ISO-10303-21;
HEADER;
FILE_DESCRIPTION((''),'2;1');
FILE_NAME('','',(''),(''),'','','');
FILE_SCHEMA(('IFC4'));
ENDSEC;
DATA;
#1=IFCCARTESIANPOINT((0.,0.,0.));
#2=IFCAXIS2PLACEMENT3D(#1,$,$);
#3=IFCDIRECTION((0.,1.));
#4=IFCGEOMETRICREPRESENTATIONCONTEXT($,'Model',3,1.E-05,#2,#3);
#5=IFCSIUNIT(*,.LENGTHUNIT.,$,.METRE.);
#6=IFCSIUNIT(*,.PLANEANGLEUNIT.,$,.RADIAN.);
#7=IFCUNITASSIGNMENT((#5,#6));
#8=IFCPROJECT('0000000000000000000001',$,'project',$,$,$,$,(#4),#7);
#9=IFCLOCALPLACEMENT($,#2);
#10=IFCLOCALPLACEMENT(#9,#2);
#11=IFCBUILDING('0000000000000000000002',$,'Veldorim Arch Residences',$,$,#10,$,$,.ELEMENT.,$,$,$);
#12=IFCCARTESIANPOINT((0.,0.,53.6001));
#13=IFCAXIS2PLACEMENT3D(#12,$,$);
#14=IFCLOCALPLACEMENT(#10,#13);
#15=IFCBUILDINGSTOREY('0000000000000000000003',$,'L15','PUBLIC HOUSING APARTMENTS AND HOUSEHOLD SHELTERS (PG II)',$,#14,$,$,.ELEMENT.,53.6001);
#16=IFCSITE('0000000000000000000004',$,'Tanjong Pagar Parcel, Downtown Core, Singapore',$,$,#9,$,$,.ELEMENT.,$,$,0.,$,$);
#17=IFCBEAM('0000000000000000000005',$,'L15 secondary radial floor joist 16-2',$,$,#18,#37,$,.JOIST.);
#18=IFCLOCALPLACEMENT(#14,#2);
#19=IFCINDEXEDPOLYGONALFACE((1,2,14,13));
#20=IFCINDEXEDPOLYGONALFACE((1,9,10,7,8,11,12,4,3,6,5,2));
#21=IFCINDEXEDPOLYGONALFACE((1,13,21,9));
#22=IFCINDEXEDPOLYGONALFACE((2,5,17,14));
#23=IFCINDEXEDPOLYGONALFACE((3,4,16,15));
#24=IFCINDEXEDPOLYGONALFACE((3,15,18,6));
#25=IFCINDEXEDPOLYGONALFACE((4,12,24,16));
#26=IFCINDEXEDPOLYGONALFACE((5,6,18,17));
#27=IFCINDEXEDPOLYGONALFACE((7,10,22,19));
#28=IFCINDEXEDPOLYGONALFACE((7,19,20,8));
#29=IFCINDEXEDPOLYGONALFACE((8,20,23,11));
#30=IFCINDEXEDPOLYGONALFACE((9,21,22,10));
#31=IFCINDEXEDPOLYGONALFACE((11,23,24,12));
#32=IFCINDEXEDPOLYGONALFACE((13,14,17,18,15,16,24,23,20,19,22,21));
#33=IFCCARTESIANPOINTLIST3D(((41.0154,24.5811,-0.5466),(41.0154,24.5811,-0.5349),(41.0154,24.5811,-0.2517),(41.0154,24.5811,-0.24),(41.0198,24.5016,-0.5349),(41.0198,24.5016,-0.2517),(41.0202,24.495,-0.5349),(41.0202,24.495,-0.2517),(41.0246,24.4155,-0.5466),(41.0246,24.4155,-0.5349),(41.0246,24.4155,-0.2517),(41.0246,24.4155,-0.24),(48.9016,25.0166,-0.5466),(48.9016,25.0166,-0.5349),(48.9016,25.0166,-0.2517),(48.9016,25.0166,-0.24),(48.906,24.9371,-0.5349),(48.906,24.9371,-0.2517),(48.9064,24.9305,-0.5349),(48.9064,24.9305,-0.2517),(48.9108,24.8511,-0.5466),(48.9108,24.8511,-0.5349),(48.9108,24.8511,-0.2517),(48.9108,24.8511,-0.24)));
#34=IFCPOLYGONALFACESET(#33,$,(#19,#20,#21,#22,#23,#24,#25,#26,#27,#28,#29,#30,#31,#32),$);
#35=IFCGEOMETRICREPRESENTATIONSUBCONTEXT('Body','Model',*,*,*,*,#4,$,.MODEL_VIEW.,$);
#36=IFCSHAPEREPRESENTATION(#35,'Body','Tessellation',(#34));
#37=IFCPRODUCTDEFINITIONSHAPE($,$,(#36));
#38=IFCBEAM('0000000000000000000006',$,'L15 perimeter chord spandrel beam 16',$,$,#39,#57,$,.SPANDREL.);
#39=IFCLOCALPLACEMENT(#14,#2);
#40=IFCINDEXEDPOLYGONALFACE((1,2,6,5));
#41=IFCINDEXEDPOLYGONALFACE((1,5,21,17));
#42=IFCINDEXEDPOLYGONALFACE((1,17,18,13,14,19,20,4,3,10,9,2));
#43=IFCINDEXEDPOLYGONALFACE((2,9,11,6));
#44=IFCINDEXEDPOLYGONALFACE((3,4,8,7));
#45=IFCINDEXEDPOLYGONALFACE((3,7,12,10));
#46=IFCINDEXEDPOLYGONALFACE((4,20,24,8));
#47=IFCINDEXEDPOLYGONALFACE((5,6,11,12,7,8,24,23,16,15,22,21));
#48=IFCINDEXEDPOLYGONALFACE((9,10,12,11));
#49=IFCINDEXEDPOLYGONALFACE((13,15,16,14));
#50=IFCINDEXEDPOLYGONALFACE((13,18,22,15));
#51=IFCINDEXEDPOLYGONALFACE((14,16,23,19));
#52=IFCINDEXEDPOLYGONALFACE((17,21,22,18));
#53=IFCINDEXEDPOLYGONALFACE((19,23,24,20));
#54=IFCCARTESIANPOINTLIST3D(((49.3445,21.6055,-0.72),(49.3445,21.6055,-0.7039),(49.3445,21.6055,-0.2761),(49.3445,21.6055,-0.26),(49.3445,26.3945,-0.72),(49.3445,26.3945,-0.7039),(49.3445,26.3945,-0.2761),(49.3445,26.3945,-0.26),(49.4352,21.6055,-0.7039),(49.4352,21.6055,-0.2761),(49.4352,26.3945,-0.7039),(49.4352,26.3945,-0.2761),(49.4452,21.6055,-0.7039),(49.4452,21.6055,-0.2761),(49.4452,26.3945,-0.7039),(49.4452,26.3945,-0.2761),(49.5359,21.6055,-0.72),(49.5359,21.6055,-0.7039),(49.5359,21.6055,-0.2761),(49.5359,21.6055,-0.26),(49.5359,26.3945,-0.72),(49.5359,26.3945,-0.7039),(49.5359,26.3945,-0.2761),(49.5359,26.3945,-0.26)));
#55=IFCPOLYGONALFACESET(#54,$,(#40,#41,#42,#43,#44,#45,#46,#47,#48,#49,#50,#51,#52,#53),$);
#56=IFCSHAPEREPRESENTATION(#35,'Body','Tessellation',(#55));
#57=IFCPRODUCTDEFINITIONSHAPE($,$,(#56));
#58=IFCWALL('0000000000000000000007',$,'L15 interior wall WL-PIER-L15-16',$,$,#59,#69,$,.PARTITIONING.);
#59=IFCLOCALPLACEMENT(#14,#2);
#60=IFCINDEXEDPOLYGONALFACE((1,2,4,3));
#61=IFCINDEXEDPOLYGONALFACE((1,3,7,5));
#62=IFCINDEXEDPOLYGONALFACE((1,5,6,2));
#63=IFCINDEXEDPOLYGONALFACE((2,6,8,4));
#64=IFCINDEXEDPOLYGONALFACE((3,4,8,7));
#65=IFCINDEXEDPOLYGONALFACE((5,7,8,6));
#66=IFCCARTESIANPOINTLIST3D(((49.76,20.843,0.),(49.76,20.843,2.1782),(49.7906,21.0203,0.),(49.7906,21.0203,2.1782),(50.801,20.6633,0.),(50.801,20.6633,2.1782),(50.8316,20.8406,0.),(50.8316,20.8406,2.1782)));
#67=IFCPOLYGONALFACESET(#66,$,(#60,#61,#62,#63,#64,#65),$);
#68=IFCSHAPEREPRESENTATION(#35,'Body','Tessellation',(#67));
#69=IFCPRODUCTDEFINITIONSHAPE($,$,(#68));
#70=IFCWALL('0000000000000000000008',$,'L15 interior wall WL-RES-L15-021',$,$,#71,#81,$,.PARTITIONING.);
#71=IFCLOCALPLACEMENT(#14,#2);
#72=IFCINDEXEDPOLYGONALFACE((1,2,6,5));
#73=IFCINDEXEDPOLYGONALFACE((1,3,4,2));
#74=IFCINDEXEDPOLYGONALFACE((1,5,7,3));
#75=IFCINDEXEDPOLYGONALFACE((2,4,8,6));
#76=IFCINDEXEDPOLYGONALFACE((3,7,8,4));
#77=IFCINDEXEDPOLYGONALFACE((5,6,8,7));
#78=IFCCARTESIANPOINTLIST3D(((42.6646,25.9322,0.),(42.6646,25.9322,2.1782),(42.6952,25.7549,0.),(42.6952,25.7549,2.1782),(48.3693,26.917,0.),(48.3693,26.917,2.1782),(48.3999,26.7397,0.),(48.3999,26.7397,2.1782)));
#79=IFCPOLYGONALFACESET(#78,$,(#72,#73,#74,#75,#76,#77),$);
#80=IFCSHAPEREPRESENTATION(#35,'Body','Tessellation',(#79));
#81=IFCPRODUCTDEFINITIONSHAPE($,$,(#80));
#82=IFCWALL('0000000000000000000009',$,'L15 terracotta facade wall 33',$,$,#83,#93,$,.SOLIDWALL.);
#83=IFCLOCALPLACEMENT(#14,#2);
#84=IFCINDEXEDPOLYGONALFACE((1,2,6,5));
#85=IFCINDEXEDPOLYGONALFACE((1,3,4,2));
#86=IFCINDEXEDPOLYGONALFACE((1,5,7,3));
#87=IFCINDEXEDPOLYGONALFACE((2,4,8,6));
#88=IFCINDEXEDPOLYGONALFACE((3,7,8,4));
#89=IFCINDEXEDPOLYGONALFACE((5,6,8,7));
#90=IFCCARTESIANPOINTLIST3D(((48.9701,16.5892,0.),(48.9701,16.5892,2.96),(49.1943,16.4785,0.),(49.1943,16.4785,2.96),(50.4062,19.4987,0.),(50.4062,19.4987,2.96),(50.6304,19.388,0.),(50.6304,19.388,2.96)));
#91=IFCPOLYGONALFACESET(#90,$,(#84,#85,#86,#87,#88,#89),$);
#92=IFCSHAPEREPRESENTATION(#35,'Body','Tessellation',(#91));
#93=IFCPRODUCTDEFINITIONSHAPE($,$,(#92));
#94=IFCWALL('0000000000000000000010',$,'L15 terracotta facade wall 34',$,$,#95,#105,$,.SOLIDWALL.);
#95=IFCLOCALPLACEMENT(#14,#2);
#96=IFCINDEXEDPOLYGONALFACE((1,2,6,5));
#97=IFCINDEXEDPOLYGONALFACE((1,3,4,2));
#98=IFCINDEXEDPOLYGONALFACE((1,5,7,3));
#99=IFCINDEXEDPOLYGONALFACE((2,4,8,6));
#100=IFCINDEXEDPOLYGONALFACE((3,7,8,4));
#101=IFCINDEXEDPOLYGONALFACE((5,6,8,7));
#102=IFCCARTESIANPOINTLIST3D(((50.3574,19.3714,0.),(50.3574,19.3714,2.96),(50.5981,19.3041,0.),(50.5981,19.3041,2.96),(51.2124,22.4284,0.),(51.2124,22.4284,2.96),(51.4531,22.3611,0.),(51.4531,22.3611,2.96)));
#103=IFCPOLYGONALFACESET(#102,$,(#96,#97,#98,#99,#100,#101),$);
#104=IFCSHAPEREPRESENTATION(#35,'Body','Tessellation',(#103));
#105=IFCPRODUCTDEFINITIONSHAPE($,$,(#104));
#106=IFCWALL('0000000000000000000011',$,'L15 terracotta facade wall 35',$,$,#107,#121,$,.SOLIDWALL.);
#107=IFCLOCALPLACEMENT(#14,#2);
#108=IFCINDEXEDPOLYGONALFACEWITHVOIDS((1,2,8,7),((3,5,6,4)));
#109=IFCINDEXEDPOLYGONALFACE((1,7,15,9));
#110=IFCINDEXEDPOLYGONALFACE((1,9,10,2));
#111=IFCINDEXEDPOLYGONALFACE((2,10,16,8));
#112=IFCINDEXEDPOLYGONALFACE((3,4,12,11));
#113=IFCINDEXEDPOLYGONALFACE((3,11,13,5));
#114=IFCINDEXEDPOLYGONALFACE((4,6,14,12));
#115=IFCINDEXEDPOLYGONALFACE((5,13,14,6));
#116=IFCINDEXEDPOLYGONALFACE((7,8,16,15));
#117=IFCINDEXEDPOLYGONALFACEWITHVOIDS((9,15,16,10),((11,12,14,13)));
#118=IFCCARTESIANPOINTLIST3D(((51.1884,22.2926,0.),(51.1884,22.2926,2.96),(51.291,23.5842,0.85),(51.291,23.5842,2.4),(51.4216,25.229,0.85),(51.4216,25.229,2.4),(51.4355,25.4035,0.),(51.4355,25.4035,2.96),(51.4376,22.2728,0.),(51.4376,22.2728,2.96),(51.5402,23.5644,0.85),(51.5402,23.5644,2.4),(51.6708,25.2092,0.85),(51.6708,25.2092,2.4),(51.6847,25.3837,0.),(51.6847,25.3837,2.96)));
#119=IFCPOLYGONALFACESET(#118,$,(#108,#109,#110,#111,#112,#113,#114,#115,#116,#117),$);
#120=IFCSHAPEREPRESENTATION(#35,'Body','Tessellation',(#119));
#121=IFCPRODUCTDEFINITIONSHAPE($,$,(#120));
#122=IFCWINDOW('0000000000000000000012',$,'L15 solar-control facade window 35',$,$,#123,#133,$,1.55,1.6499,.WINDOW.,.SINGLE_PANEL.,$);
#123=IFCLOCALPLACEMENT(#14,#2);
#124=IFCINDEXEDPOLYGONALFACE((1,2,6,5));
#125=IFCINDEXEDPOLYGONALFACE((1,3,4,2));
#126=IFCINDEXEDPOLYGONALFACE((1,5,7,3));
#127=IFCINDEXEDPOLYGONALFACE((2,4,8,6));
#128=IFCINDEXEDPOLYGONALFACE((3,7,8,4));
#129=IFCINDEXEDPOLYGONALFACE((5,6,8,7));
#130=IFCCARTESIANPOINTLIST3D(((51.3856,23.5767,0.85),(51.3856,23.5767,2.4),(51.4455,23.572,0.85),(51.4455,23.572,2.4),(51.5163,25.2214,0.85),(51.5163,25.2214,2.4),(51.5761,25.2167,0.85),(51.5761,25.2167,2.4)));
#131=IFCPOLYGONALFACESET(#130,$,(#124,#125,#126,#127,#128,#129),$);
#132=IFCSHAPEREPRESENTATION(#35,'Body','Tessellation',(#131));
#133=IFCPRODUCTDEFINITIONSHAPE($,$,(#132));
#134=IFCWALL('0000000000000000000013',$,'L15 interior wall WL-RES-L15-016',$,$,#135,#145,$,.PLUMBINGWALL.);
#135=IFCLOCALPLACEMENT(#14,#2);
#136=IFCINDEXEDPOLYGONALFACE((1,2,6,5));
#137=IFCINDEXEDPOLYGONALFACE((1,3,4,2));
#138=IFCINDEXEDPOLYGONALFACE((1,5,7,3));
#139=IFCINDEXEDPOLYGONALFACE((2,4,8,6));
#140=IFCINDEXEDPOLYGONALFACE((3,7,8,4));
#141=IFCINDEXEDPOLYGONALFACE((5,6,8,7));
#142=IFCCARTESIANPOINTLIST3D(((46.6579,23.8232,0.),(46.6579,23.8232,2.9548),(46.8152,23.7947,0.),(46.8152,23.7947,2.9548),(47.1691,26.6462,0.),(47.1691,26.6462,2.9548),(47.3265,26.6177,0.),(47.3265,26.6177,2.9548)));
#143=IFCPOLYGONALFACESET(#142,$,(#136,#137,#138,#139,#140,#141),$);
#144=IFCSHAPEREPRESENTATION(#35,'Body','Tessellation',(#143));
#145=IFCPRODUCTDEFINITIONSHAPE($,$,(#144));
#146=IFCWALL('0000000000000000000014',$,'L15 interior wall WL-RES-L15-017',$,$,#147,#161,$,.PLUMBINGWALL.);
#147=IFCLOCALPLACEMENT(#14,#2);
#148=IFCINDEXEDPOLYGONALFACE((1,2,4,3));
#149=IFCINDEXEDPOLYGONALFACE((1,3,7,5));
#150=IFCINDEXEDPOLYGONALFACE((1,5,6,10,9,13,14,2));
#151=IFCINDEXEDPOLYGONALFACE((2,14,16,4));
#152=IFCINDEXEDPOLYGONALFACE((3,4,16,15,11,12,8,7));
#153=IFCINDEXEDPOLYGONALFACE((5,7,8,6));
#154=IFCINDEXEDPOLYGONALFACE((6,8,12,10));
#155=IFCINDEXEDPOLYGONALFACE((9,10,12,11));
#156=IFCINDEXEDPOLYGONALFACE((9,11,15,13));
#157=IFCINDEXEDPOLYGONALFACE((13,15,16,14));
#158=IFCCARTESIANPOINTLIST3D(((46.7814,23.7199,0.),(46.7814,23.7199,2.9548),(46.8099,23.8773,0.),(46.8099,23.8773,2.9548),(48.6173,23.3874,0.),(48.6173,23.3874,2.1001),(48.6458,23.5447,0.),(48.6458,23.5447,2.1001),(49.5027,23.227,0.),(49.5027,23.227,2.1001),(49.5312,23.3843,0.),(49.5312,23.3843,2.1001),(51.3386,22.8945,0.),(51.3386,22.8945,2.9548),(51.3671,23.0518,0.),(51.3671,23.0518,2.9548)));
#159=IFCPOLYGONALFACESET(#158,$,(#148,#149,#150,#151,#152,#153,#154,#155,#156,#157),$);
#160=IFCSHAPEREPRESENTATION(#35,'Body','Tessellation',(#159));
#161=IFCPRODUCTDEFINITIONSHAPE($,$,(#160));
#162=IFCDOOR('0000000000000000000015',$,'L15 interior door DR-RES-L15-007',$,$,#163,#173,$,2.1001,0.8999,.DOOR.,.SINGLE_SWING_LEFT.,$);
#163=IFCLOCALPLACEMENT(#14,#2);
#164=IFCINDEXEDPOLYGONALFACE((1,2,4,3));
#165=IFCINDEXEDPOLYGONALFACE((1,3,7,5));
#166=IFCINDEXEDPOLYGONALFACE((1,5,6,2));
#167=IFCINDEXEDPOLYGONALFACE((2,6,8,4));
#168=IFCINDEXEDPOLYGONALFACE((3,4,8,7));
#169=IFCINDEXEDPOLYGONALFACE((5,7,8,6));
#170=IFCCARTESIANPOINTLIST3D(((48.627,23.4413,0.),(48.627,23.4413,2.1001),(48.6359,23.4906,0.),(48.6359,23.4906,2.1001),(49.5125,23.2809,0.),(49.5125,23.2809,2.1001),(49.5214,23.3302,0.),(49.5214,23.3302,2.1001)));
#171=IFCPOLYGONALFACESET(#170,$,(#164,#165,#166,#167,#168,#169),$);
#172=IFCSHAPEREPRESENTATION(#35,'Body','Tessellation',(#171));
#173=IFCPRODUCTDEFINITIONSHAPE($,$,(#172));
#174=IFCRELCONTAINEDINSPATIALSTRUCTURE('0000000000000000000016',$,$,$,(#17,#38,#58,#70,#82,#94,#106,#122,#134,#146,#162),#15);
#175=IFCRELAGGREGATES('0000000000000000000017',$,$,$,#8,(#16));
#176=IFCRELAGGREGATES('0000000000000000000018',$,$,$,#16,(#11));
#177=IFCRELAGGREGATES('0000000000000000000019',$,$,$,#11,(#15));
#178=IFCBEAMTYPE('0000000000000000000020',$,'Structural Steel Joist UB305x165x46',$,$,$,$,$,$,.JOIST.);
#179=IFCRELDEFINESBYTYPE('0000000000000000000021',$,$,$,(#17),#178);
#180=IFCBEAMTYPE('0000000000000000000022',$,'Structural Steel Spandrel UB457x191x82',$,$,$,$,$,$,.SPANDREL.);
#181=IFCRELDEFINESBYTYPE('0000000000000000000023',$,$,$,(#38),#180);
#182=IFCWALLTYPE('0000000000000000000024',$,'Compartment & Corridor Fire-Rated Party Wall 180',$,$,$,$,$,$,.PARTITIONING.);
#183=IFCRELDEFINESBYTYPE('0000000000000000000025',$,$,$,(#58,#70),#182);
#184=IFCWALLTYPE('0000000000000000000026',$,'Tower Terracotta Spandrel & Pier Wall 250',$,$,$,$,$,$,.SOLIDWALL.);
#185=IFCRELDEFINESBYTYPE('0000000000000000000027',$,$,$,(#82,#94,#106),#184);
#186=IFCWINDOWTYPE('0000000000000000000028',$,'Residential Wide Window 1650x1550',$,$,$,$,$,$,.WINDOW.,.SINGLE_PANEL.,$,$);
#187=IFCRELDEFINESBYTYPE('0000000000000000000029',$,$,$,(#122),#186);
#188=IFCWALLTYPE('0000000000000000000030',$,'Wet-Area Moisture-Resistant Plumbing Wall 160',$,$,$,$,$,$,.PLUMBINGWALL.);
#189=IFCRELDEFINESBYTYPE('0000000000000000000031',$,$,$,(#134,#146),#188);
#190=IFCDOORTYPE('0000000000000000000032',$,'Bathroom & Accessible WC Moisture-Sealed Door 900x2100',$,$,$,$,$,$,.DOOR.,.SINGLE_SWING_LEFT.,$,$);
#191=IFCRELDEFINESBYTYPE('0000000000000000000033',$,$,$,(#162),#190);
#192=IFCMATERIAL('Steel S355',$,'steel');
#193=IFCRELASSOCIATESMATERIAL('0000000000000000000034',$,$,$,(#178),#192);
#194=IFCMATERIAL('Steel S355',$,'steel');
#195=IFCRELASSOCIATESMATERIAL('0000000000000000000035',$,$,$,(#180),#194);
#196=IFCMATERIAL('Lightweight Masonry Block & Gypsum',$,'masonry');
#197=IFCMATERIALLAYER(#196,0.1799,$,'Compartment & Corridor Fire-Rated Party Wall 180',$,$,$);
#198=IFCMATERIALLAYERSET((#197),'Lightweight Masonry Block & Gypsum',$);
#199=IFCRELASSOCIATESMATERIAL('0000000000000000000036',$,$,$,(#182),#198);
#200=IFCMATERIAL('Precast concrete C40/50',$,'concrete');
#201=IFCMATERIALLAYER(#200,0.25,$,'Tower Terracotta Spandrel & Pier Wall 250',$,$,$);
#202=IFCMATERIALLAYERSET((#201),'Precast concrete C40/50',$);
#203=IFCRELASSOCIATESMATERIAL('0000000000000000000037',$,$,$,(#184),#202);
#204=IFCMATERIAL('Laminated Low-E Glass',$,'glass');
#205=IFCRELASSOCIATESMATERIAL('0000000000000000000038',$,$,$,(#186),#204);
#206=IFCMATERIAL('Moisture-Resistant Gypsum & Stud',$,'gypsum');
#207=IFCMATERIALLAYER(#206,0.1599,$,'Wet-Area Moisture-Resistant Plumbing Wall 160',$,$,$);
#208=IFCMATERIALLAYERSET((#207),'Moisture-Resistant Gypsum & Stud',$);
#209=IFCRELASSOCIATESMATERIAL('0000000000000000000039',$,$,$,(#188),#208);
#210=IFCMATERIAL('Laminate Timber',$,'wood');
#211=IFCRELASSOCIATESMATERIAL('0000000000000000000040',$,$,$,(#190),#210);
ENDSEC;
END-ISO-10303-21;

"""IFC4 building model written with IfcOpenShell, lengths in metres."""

from ifc_helpers import new_model, si_unit, direction, frame, frame_2d, origin, origin_2d, place, context, subcontext, project, spatial, rectangle, i_section, extrude, material, layer, layer_set, material_profile, profile_set, type_object, element, fill, save


model = new_model("IFC4")

# Units and contexts
model_context = context("Model", 3, precision=1e-05, world=origin(), true_north=direction((0.0, 1.0)))
body_context = subcontext(model_context, "Body", "Model", "MODEL_VIEW")
ifc_project = project(units=[si_unit("LENGTHUNIT", "METRE"), si_unit("PLANEANGLEUNIT", "RADIAN")], contexts=[model_context])

# Site, building, storey
site_placement = place(None, origin())
site = spatial("IfcSite", under=ifc_project, at=site_placement, Name="Tanjong Pagar Parcel, Downtown Core, Singapore", CompositionType="ELEMENT", RefElevation=0.0)
building_placement = place(site_placement, origin())
building = spatial("IfcBuilding", under=site, at=building_placement, Name="Veldorim Arch Residences", CompositionType="ELEMENT")
storey_placement = place(building_placement, frame((0.0, 0.0, 53.6001)))
storey = spatial("IfcBuildingStorey", under=building, at=storey_placement, Name="L15", Description="PUBLIC HOUSING APARTMENTS AND HOUSEHOLD SHELTERS (PG II)", CompositionType="ELEMENT", Elevation=53.6001)

# Beams
ifc_material_1 = material(Name="Steel S355", Category="steel")
ifc_material_profile_1 = material_profile(ifc_material_1, i_section(OverallWidth=0.1658, OverallDepth=0.3066, WebThickness=0.0066, FlangeThickness=0.0117, at=origin_2d()), Name="UB305x165x46")
ifc_profile_set_1 = profile_set([ifc_material_profile_1], Name="Steel S355")
beam_type_1 = type_object("IfcBeamType", Name="Structural Steel Joist UB305x165x46", PredefinedType="JOIST", material=ifc_profile_set_1)
for number, where, z_axis, x_axis, name in (
    (1, (41.02, 24.4983, -0.3933), (0.998478, 0.055145, 0.0), (-0.055145, 0.998478, 0.0), "L15 secondary radial floor joist 16-2"),
):
    element("IfcBeam", number, at=place(storey_placement, frame(where, z_axis=z_axis, x_axis=x_axis)), inside=storey, type_object=beam_type_1, Name=name, PredefinedType="JOIST", context=body_context, shape_type="SweptSolid", body=[
        extrude(i_section(OverallWidth=0.1658, OverallDepth=0.3066, WebThickness=0.0066, FlangeThickness=0.0117, at=origin_2d()), origin(), (0.0, 0.0, 1.0), 7.8982),
    ])
ifc_material_2 = material(Name="Steel S355", Category="steel")
ifc_material_profile_2 = material_profile(ifc_material_2, i_section(OverallWidth=0.1914, OverallDepth=0.46, WebThickness=0.01, FlangeThickness=0.0161, at=origin_2d()), Name="UB457x191x82")
ifc_profile_set_2 = profile_set([ifc_material_profile_2], Name="Steel S355")
beam_type_2 = type_object("IfcBeamType", Name="Structural Steel Spandrel UB457x191x82", PredefinedType="SPANDREL", material=ifc_profile_set_2)
beam_1_placement = place(storey_placement, frame((49.4402, 21.6055, -0.49), z_axis=(0.0, 1.0, 0.0), x_axis=(-1.0, 0.0, 0.0)))
element("IfcBeam", 2, at=beam_1_placement, inside=storey, type_object=beam_type_2, Name="L15 perimeter chord spandrel beam 16", PredefinedType="SPANDREL", context=body_context, shape_type="SweptSolid", body=[
    extrude(i_section(OverallWidth=0.1914, OverallDepth=0.46, WebThickness=0.01, FlangeThickness=0.0161, at=origin_2d()), origin(), (0.0, 0.0, 1.0), 4.7891),
])

# Walls
ifc_material_3 = material(Name="Lightweight Masonry Block & Gypsum", Category="masonry")
ifc_layer_1 = layer(ifc_material_3, 0.1799, Name="Compartment & Corridor Fire-Rated Party Wall 180")
ifc_layer_set_1 = layer_set([ifc_layer_1], Name="Lightweight Masonry Block & Gypsum")
wall_type_1 = type_object("IfcWallType", Name="Compartment & Corridor Fire-Rated Party Wall 180", PredefinedType="PARTITIONING", material=ifc_layer_set_1)
wall_1_placement = place(storey_placement, frame((49.7751, 20.9316, 0.0), z_axis=(0.0, 0.0, 1.0), x_axis=(0.985428, -0.170093, 0.0)))
element("IfcWall", 3, at=wall_1_placement, inside=storey, type_object=wall_type_1, Name="L15 interior wall WL-PIER-L15-16", PredefinedType="PARTITIONING", context=body_context, shape_type="SweptSolid", body=[
    extrude(rectangle(XDim=1.0564, YDim=0.1799, at=frame_2d((0.5283, 0.0))), origin(), (0.0, 0.0, 1.0), 2.1782),
])
wall_2_placement = place(storey_placement, frame((42.6799, 25.8435, 0.0), z_axis=(0.0, 0.0, 1.0), x_axis=(0.985422, 0.170127, 0.0)))
element("IfcWall", 4, at=wall_2_placement, inside=storey, type_object=wall_type_1, Name="L15 interior wall WL-RES-L15-021", PredefinedType="PARTITIONING", context=body_context, shape_type="SweptSolid", body=[
    extrude(rectangle(XDim=5.7891, YDim=0.1799, at=frame_2d((2.8945, 0.0))), origin(), (0.0, 0.0, 1.0), 2.1782),
])

# Walls
ifc_material_4 = material(Name="Precast concrete C40/50", Category="concrete")
ifc_layer_2 = layer(ifc_material_4, 0.25, Name="Tower Terracotta Spandrel & Pier Wall 250")
ifc_layer_set_2 = layer_set([ifc_layer_2], Name="Precast concrete C40/50")
wall_type_2 = type_object("IfcWallType", Name="Tower Terracotta Spandrel & Pier Wall 250", PredefinedType="SOLIDWALL", material=ifc_layer_set_2)
wall_3_placement = place(storey_placement, frame((50.5183, 19.4434, 0.0), z_axis=(0.0, 0.0, 1.0), x_axis=(-0.442603, -0.896718, 0.0)))
element("IfcWall", 5, at=wall_3_placement, inside=storey, type_object=wall_type_2, Name="L15 terracotta facade wall 33", PredefinedType="SOLIDWALL", context=body_context, shape_type="SweptSolid", body=[
    extrude(rectangle(XDim=3.2446, YDim=0.25, at=frame_2d((1.6223, 0.0))), origin(), (0.0, 0.0, 1.0), 2.96),
])
wall_4_placement = place(storey_placement, frame((51.3328, 22.3948, 0.0), z_axis=(0.0, 0.0, 1.0), x_axis=(-0.269353, -0.963041, 0.0)))
element("IfcWall", 6, at=wall_4_placement, inside=storey, type_object=wall_type_2, Name="L15 terracotta facade wall 34", PredefinedType="SOLIDWALL", context=body_context, shape_type="SweptSolid", body=[
    extrude(rectangle(XDim=3.1743, YDim=0.25, at=frame_2d((1.5872, 0.0))), origin(), (0.0, 0.0, 1.0), 2.96),
])

# Wall, opening, window
wall_5_placement = place(storey_placement, frame((51.5601, 25.3936, 0.0), z_axis=(0.0, 0.0, 1.0), x_axis=(-0.079173, -0.996861, 0.0)))
wall_5 = element("IfcWall", 7, at=wall_5_placement, inside=storey, type_object=wall_type_2, Name="L15 terracotta facade wall 35", PredefinedType="SOLIDWALL", context=body_context, shape_type="SweptSolid", body=[
    extrude(rectangle(XDim=3.1206, YDim=0.25, at=frame_2d((1.5603, 0.0))), origin(), (0.0, 0.0, 1.0), 2.96),
])
opening_1_placement = place(wall_5_placement, frame((0.175, 0.0, 0.8501)))
opening_1 = element("IfcOpeningElement", 8, at=opening_1_placement, cuts=wall_5, PredefinedType="OPENING", context=body_context, shape_type="SweptSolid", body=[
    extrude(rectangle(XDim=1.6499, YDim=1.55, at=frame_2d((0.825, 0.7749))), frame((0.0, 0.135, 0.0), z_axis=(0.0, -1.0, 0.0), x_axis=(1.0, 0.0, 0.0)), (0.0, 0.0, 1.0), 0.27),
])
ifc_material_5 = material(Name="Laminated Low-E Glass", Category="glass")
window_type = type_object("IfcWindowType", Name="Residential Wide Window 1650x1550", PartitioningType="SINGLE_PANEL", PredefinedType="WINDOW", material=ifc_material_5)
window_placement = place(opening_1_placement, origin())
window = element("IfcWindow", 9, at=window_placement, inside=storey, type_object=window_type, Name="L15 solar-control facade window 35", OverallHeight=1.55, OverallWidth=1.6499, PartitioningType="SINGLE_PANEL", PredefinedType="WINDOW", context=body_context, shape_type="SweptSolid", body=[
    extrude(rectangle(XDim=1.6499, YDim=1.55, at=frame_2d((0.825, 0.7749))), frame((0.0, 0.03, 0.0), z_axis=(0.0, -1.0, 0.0), x_axis=(1.0, 0.0, 0.0)), (0.0, 0.0, 1.0), 0.0601),
])
fill(opening_1, window)

# Wall
ifc_material_6 = material(Name="Moisture-Resistant Gypsum & Stud", Category="gypsum")
ifc_layer_3 = layer(ifc_material_6, 0.1599, Name="Wet-Area Moisture-Resistant Plumbing Wall 160")
ifc_layer_set_3 = layer_set([ifc_layer_3], Name="Moisture-Resistant Gypsum & Stud")
wall_type_3 = type_object("IfcWallType", Name="Wet-Area Moisture-Resistant Plumbing Wall 160", PredefinedType="PLUMBINGWALL", material=ifc_layer_set_3)
wall_6_placement = place(storey_placement, frame((47.2478, 26.6321, 0.0), z_axis=(0.0, 0.0, 1.0), x_axis=(-0.178196, -0.983995, 0.0)))
element("IfcWall", 10, at=wall_6_placement, inside=storey, type_object=wall_type_3, Name="L15 interior wall WL-RES-L15-016", PredefinedType="PLUMBINGWALL", context=body_context, shape_type="SweptSolid", body=[
    extrude(rectangle(XDim=2.8689, YDim=0.1599, at=frame_2d((1.4346, 0.0))), origin(), (0.0, 0.0, 1.0), 2.9548),
])

# Wall, opening, door
wall_7_placement = place(storey_placement, frame((46.7957, 23.7986, 0.0), z_axis=(0.0, 0.0, 1.0), x_axis=(0.983989, -0.178231, 0.0)))
wall_7 = element("IfcWall", 11, at=wall_7_placement, inside=storey, type_object=wall_type_3, Name="L15 interior wall WL-RES-L15-017", PredefinedType="PLUMBINGWALL", context=body_context, shape_type="SweptSolid", body=[
    extrude(rectangle(XDim=4.6313, YDim=0.1599, at=frame_2d((2.3157, 0.0))), origin(), (0.0, 0.0, 1.0), 2.9548),
])
opening_2_placement = place(wall_7_placement, frame((1.8657, 0.0, 0.0)))
opening_2 = element("IfcOpeningElement", 12, at=opening_2_placement, cuts=wall_7, PredefinedType="OPENING", context=body_context, shape_type="SweptSolid", body=[
    extrude(rectangle(XDim=0.8999, YDim=2.1001, at=frame_2d((0.45, 1.05))), frame((0.0, 0.0898, 0.0), z_axis=(0.0, -1.0, 0.0), x_axis=(1.0, 0.0, 0.0)), (0.0, 0.0, 1.0), 0.1799),
])
ifc_material_7 = material(Name="Laminate Timber", Category="wood")
door_type_1 = type_object("IfcDoorType", Name="Bathroom & Accessible WC Moisture-Sealed Door 900x2100", OperationType="SINGLE_SWING_LEFT", PredefinedType="DOOR", material=ifc_material_7)
door_1_placement = place(opening_2_placement, origin())
door_1 = element("IfcDoor", 13, at=door_1_placement, inside=storey, type_object=door_type_1, Name="L15 interior door DR-RES-L15-007", OperationType="SINGLE_SWING_LEFT", OverallHeight=2.1001, OverallWidth=0.8999, PredefinedType="DOOR", context=body_context, shape_type="SweptSolid", body=[
    extrude(rectangle(XDim=0.8999, YDim=2.1001, at=frame_2d((0.45, 1.05))), frame((0.0, 0.0249, 0.0), z_axis=(0.0, -1.0, 0.0), x_axis=(1.0, 0.0, 0.0)), (0.0, 0.0, 1.0), 0.05),
])
fill(opening_2, door_1)

save(model, "model.ifc")
